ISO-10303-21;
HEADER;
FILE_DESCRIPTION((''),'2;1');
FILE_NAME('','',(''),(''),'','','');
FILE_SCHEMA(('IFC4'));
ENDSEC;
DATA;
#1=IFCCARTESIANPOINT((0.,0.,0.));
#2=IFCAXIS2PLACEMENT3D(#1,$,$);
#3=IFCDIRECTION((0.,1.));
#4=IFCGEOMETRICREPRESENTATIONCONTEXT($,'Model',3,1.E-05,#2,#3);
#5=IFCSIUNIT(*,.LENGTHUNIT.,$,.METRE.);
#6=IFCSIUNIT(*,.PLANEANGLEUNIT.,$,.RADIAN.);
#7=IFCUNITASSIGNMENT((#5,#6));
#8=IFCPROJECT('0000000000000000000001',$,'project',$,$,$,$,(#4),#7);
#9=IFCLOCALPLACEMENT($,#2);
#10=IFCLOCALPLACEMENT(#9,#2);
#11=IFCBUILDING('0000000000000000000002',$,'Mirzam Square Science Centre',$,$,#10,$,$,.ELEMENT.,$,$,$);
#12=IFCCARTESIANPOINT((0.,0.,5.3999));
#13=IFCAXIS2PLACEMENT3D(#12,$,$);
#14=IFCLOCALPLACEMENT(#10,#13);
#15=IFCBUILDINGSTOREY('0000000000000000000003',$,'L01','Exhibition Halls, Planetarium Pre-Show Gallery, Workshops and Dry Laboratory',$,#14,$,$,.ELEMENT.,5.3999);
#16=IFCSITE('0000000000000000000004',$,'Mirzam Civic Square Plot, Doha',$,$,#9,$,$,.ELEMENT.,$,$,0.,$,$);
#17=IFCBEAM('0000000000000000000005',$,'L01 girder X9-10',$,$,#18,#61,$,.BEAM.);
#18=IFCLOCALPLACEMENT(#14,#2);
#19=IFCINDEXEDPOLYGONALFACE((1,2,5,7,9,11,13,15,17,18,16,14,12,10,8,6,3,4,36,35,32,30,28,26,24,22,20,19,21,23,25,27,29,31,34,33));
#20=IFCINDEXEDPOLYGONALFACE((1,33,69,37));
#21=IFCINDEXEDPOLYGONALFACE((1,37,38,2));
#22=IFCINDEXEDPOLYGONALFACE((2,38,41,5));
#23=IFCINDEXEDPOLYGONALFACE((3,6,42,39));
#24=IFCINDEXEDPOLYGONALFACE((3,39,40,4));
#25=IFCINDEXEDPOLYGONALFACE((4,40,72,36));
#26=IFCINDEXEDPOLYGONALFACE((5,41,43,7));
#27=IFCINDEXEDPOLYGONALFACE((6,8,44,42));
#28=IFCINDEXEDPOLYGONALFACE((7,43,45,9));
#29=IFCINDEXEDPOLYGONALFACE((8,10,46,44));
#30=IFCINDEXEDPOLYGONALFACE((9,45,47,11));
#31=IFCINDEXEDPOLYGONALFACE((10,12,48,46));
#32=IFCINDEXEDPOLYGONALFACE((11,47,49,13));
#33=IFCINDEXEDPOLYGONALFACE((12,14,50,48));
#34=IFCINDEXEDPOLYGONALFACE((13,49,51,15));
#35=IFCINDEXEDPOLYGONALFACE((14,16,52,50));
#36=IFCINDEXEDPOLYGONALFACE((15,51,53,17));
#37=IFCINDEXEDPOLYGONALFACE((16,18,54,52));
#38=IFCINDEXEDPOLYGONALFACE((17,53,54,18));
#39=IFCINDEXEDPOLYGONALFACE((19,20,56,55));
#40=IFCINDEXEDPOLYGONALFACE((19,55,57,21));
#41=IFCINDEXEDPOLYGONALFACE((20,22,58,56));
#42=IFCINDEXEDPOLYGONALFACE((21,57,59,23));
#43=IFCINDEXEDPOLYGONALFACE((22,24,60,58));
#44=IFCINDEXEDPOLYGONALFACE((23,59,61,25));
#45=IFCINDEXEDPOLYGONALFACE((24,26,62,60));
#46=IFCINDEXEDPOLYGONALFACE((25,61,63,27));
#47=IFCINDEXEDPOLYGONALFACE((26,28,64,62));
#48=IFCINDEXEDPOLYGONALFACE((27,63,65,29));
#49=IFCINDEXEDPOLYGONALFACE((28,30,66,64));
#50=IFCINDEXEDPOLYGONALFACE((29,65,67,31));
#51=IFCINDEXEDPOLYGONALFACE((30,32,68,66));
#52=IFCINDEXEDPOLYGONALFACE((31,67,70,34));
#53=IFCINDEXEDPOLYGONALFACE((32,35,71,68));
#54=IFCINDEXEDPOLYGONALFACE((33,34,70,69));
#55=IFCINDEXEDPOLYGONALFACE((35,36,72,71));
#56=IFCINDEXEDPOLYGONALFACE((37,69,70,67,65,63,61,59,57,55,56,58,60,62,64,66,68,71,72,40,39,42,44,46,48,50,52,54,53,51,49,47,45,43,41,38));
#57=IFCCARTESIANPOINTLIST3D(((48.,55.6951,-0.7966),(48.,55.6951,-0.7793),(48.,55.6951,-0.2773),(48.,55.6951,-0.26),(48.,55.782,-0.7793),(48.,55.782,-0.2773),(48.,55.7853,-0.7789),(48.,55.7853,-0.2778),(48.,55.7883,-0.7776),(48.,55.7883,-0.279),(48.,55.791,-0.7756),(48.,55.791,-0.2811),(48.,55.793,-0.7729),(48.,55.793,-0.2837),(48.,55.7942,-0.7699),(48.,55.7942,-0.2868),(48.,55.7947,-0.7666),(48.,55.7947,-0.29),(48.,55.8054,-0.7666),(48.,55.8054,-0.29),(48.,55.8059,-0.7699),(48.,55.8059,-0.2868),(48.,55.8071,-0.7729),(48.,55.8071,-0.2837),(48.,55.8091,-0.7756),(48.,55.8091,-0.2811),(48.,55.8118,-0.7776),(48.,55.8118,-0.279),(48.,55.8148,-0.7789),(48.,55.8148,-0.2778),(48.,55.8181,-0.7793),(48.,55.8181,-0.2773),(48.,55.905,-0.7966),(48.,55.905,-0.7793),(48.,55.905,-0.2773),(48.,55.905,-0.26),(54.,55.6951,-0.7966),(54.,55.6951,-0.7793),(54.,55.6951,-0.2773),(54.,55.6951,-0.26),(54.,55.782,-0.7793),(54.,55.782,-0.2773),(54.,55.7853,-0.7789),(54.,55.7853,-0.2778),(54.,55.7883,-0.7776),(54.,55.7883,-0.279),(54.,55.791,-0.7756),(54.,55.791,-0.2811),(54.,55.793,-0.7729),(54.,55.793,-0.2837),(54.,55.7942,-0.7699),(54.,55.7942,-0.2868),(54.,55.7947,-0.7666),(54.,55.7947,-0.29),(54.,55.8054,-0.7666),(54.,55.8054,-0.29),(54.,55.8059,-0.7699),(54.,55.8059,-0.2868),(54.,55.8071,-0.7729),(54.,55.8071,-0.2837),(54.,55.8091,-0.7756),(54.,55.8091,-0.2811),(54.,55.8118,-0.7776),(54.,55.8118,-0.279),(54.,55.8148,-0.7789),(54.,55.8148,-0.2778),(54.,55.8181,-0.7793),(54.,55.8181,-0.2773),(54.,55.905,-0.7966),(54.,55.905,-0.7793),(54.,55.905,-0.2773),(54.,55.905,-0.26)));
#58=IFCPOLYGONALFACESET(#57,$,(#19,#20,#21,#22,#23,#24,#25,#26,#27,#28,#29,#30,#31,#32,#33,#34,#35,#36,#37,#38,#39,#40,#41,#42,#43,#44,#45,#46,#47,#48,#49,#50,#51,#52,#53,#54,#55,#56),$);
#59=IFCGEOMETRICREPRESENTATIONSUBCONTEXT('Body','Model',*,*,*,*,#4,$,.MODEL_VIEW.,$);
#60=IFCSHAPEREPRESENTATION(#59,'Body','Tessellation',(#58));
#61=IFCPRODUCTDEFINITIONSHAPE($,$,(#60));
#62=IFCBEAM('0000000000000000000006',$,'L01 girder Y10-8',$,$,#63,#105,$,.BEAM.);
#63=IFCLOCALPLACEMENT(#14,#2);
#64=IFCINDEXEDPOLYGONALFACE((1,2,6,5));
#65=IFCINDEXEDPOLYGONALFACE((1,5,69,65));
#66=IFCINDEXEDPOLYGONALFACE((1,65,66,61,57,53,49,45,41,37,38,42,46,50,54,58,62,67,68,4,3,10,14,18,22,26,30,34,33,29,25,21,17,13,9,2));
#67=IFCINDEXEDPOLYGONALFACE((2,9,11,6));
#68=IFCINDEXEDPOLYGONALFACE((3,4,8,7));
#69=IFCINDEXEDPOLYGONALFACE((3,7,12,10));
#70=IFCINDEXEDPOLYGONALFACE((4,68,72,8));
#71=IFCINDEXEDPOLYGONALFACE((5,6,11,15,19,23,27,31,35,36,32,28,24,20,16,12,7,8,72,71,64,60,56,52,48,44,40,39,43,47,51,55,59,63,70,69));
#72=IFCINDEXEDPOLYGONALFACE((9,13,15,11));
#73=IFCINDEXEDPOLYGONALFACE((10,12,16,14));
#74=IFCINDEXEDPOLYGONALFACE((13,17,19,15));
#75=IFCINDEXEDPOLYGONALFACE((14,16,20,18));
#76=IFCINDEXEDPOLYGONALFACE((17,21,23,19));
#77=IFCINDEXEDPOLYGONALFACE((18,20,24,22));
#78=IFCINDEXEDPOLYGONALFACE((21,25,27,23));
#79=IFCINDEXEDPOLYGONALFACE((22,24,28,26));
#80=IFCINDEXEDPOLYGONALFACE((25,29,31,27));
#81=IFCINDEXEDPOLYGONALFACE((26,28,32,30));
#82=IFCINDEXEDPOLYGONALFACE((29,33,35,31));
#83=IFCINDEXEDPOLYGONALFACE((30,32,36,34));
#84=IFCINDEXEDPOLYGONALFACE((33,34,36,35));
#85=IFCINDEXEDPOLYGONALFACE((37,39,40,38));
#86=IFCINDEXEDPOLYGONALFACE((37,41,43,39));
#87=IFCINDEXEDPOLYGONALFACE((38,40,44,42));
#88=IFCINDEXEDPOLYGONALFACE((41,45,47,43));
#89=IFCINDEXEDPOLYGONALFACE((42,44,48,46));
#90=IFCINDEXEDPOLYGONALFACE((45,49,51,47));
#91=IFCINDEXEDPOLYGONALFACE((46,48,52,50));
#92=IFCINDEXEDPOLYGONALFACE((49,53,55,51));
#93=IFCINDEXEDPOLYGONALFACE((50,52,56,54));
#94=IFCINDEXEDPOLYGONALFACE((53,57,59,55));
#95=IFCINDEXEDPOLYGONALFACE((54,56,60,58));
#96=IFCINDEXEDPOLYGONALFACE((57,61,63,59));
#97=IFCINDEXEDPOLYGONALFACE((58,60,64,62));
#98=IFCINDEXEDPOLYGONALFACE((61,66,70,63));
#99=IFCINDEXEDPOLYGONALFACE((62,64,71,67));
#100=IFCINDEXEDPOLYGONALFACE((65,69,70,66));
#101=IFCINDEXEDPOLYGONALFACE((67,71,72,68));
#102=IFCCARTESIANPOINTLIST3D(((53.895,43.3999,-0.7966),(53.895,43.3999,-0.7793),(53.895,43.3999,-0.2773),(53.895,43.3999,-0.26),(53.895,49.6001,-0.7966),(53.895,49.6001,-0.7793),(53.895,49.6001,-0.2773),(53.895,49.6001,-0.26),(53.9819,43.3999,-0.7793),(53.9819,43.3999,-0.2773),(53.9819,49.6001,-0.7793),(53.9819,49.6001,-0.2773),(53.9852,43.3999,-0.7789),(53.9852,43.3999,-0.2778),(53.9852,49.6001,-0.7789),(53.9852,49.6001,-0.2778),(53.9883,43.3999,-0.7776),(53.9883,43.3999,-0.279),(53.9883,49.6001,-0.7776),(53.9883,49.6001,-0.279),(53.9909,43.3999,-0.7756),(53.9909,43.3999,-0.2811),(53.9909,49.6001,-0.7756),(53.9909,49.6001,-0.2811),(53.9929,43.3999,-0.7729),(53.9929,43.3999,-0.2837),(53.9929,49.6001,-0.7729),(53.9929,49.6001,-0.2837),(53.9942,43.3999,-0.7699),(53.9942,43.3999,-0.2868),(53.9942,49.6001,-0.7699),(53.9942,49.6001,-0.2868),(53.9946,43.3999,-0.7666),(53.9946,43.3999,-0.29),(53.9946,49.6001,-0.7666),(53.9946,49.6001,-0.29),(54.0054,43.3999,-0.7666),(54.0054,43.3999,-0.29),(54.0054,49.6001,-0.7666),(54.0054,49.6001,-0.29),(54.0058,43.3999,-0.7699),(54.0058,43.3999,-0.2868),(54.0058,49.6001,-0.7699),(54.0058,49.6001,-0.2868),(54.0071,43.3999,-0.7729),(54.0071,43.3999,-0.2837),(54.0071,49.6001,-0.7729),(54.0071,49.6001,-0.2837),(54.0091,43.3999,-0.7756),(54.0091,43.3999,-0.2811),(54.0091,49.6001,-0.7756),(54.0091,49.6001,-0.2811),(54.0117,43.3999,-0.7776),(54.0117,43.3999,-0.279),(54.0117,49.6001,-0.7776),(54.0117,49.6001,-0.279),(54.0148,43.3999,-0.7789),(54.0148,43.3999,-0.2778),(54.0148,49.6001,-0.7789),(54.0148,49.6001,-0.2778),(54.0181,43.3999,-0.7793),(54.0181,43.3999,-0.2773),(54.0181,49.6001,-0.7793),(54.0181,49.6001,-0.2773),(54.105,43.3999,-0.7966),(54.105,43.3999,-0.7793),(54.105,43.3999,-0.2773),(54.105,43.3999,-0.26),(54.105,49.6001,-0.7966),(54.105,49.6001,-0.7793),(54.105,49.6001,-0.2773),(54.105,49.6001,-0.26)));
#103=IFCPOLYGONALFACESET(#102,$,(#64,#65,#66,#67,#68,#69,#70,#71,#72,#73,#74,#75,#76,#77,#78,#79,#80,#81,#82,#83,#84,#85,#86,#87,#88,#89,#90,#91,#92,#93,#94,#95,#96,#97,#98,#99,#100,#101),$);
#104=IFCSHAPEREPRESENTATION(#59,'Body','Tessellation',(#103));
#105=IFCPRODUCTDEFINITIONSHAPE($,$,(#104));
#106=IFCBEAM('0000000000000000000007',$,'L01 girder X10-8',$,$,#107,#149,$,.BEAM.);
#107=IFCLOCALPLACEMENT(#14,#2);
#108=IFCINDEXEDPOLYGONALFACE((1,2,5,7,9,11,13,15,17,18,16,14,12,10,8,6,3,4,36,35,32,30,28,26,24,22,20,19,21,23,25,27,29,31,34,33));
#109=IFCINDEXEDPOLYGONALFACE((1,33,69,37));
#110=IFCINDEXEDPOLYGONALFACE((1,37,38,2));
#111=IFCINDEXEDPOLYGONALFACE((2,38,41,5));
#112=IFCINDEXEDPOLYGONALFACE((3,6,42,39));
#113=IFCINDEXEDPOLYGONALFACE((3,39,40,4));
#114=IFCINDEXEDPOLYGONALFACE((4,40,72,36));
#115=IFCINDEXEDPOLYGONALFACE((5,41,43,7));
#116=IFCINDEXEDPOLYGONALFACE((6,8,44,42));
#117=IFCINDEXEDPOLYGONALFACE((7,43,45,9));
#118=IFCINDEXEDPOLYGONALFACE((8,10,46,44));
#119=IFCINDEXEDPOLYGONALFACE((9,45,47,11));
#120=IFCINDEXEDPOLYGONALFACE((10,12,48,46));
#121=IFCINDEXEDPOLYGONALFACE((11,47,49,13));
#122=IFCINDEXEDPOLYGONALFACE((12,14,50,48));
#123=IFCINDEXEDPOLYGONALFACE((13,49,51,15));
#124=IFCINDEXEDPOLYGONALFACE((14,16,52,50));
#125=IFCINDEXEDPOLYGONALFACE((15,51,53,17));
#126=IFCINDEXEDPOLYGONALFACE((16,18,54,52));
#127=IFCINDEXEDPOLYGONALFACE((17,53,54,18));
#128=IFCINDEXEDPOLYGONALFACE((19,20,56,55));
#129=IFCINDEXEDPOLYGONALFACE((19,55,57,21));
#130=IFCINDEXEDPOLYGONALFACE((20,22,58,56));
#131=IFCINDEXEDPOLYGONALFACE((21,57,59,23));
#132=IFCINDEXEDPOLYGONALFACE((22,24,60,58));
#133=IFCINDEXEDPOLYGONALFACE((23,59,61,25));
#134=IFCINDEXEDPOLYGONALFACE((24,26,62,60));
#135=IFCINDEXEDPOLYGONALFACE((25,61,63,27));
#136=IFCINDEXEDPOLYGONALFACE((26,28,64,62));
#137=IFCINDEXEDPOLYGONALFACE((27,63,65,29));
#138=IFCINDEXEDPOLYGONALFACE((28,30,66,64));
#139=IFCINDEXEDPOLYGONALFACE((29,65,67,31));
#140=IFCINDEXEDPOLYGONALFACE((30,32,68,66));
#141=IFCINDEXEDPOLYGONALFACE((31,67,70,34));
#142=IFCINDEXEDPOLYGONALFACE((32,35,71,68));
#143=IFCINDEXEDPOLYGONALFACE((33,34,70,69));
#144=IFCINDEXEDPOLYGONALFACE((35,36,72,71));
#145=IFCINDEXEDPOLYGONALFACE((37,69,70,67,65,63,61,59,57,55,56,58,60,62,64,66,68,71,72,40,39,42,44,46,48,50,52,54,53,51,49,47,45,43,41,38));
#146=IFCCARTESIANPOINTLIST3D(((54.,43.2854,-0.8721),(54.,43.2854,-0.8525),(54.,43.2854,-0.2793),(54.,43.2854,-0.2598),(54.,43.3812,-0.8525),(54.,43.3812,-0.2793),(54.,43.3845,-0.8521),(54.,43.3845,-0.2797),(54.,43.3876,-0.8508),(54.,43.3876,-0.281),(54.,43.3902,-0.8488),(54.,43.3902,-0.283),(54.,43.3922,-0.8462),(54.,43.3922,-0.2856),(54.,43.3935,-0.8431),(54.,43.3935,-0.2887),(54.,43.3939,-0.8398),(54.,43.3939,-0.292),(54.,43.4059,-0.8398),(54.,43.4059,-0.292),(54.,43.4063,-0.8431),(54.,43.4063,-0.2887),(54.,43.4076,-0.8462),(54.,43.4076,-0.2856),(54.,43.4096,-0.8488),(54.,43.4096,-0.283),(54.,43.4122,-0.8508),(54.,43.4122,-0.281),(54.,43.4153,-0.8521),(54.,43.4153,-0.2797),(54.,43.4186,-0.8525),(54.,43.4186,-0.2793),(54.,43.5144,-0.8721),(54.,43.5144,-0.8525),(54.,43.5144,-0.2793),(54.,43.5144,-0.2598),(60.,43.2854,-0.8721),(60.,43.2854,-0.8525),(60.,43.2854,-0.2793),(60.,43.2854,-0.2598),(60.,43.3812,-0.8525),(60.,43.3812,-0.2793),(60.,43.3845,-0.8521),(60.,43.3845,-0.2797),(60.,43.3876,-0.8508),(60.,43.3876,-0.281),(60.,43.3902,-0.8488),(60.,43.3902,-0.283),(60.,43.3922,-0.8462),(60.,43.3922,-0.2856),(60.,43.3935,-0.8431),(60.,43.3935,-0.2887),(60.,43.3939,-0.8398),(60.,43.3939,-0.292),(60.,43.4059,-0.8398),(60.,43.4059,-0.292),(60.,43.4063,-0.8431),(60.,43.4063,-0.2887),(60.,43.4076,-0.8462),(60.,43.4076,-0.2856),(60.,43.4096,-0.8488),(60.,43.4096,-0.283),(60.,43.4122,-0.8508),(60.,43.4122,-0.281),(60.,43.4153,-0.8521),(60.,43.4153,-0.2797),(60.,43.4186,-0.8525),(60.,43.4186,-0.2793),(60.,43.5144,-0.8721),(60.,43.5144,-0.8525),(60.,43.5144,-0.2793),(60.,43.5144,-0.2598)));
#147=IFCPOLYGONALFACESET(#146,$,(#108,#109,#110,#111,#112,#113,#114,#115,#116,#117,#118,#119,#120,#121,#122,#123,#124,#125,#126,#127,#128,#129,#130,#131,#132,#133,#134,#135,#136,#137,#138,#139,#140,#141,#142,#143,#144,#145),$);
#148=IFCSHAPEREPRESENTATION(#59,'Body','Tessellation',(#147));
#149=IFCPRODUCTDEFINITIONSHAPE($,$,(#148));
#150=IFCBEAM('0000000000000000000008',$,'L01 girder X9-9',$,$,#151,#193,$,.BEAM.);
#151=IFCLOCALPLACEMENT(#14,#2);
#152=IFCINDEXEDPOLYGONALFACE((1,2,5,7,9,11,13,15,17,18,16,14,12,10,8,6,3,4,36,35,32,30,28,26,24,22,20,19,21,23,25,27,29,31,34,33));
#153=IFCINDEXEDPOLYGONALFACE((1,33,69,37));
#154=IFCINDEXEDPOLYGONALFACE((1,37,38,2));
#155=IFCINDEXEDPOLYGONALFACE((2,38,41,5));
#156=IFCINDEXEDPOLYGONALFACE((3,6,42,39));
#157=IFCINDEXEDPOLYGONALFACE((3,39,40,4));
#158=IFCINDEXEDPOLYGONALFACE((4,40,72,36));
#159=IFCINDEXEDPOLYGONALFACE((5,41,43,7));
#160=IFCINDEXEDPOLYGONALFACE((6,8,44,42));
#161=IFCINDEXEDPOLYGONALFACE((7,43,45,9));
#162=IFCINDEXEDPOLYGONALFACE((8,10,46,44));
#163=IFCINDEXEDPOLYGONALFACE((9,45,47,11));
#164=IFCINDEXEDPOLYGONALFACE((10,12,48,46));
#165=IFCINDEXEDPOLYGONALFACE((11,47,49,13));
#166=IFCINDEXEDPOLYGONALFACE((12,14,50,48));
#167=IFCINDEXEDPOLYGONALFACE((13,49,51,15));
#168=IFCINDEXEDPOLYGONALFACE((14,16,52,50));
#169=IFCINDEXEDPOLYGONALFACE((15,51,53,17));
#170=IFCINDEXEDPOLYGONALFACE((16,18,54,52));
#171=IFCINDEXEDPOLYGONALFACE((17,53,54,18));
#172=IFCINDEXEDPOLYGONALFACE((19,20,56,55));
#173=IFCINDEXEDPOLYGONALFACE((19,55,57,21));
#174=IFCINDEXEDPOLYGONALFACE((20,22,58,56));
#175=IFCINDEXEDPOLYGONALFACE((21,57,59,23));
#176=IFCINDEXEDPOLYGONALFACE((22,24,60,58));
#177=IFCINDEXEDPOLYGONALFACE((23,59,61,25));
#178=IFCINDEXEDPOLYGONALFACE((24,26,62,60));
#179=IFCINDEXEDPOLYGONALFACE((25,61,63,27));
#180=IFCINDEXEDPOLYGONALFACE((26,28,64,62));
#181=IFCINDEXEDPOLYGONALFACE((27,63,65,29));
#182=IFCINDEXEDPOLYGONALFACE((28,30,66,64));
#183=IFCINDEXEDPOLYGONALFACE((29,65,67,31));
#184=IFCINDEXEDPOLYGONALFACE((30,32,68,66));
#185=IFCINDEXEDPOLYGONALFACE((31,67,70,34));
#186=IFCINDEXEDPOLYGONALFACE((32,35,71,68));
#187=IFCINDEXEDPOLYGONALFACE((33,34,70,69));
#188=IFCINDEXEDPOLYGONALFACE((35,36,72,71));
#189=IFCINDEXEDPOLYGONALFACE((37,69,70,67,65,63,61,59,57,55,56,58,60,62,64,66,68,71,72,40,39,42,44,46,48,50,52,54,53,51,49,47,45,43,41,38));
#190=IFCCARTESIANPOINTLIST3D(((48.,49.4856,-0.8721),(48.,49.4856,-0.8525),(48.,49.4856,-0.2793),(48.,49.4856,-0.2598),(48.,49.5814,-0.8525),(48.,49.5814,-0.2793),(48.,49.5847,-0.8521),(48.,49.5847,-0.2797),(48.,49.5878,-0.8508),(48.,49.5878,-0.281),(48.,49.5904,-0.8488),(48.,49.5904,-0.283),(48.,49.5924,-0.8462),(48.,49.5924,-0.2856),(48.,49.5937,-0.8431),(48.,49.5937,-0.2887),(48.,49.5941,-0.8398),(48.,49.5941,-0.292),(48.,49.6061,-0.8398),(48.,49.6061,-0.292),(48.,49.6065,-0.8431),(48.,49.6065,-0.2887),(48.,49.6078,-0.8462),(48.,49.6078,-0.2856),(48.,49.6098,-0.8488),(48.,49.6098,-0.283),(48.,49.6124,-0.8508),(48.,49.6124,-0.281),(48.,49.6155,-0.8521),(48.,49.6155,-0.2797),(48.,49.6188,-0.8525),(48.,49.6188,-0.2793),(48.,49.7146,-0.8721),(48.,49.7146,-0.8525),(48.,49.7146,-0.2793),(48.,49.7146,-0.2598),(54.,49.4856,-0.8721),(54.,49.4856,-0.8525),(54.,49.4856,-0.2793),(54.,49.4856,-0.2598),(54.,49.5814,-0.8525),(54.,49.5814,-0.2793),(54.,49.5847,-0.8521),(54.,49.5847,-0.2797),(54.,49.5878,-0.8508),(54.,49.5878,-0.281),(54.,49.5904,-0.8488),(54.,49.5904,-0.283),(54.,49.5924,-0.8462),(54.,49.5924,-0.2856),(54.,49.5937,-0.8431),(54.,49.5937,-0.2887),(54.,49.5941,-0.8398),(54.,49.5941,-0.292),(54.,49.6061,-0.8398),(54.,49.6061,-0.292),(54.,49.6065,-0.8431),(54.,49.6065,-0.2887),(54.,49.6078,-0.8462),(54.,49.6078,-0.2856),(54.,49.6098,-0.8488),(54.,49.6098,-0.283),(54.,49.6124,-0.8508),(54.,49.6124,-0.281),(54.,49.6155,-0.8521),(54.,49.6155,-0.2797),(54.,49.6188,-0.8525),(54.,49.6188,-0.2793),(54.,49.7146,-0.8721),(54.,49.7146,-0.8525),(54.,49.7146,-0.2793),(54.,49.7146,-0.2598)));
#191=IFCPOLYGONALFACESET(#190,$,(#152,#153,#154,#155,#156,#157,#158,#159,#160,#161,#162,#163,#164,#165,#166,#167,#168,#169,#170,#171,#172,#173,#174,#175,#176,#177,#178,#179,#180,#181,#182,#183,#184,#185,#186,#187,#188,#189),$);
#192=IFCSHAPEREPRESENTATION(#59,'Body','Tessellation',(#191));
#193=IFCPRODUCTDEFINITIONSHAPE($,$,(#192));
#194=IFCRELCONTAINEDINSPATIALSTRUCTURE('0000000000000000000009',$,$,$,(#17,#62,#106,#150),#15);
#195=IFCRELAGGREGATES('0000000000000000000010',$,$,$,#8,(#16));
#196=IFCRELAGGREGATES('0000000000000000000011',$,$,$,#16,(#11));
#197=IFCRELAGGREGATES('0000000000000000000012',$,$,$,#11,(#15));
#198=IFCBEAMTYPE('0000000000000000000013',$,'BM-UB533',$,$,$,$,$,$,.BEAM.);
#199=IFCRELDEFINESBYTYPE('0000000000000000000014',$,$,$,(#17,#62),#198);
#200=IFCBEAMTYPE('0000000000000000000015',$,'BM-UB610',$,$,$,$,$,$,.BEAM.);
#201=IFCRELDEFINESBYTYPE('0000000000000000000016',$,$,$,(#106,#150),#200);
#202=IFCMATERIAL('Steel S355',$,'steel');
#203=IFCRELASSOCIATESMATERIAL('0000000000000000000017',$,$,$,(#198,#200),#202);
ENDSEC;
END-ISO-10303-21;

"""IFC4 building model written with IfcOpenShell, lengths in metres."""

from ifc_helpers import new_model, si_unit, direction, frame, origin, origin_2d, place, context, subcontext, project, spatial, i_section, extrude, material, material_profile, profile_set, type_object, element, save


model = new_model("IFC4")

# Units and contexts
model_context = context("Model", 3, precision=1e-05, world=origin(), true_north=direction((0.0, 1.0)))
body_context = subcontext(model_context, "Body", "Model", "MODEL_VIEW")
ifc_project = project(units=[si_unit("LENGTHUNIT", "METRE"), si_unit("PLANEANGLEUNIT", "RADIAN")], contexts=[model_context])

# Site, building, storey
site_placement = place(None, origin())
site = spatial("IfcSite", under=ifc_project, at=site_placement, Name="Mirzam Civic Square Plot, Doha", CompositionType="ELEMENT", RefElevation=0.0)
building_placement = place(site_placement, origin())
building = spatial("IfcBuilding", under=site, at=building_placement, Name="Mirzam Square Science Centre", CompositionType="ELEMENT")
storey_placement = place(building_placement, frame((0.0, 0.0, 5.3999)))
storey = spatial("IfcBuildingStorey", under=building, at=storey_placement, Name="L01", Description="Exhibition Halls, Planetarium Pre-Show Gallery, Workshops and Dry Laboratory", CompositionType="ELEMENT", Elevation=5.3999)

# Shared definitions
ifc_material_1 = material(Name="Steel S355", Category="steel")

# Beams
ifc_material_profile_1 = material_profile(ifc_material_1, i_section(OverallWidth=0.21, OverallDepth=0.5366, WebThickness=0.0107, FlangeThickness=0.0173, FilletRadius=0.0127, at=origin_2d()), Name="533x210x101UB")
ifc_profile_set_1 = profile_set([ifc_material_profile_1], Name="Steel S355")
beam_type_1 = type_object("IfcBeamType", Name="BM-UB533", PredefinedType="BEAM", material=ifc_profile_set_1)
for number, where, z_axis, x_axis, name in (
    (1, (48.0, 55.8, -0.5283), (1.0, 0.0, 0.0), (0.0, 1.0, 0.0), "L01 girder X9-10"),
):
    element("IfcBeam", number, at=place(storey_placement, frame(where, z_axis=z_axis, x_axis=x_axis)), inside=storey, type_object=beam_type_1, Name=name, PredefinedType="BEAM", context=body_context, shape_type="SweptSolid", body=[
        extrude(i_section(OverallWidth=0.21, OverallDepth=0.5366, WebThickness=0.0107, FlangeThickness=0.0173, FilletRadius=0.0127, at=origin_2d()), origin(), (0.0, 0.0, 1.0), 6.0),
    ])
beam_1_placement = place(storey_placement, frame((54.0, 43.3999, -0.5283), z_axis=(0.0, 1.0, 0.0), x_axis=(-1.0, 0.0, 0.0)))
element("IfcBeam", 2, at=beam_1_placement, inside=storey, type_object=beam_type_1, Name="L01 girder Y10-8", PredefinedType="BEAM", context=body_context, shape_type="SweptSolid", body=[
    extrude(i_section(OverallWidth=0.21, OverallDepth=0.5366, WebThickness=0.0107, FlangeThickness=0.0173, FilletRadius=0.0127, at=origin_2d()), origin(), (0.0, 0.0, 1.0), 6.2002),
])
ifc_material_profile_2 = material_profile(ifc_material_1, i_section(OverallWidth=0.229, OverallDepth=0.6123, WebThickness=0.012, FlangeThickness=0.0195, FilletRadius=0.0127, at=origin_2d()), Name="610x229x125UB")
ifc_profile_set_2 = profile_set([ifc_material_profile_2], Name="Steel S355")
beam_type_2 = type_object("IfcBeamType", Name="BM-UB610", PredefinedType="BEAM", material=ifc_profile_set_2)
for number, where, z_axis, x_axis, name in (
    (3, (54.0, 43.3999, -0.5659), (1.0, 0.0, 0.0), (0.0, 1.0, 0.0), "L01 girder X10-8"),
    (4, (48.0, 49.6001, -0.5659), (1.0, 0.0, 0.0), (0.0, 1.0, 0.0), "L01 girder X9-9"),
):
    element("IfcBeam", number, at=place(storey_placement, frame(where, z_axis=z_axis, x_axis=x_axis)), inside=storey, type_object=beam_type_2, Name=name, PredefinedType="BEAM", context=body_context, shape_type="SweptSolid", body=[
        extrude(i_section(OverallWidth=0.229, OverallDepth=0.6123, WebThickness=0.012, FlangeThickness=0.0195, FilletRadius=0.0127, at=origin_2d()), origin(), (0.0, 0.0, 1.0), 6.0),
    ])

save(model, "model.ifc")
